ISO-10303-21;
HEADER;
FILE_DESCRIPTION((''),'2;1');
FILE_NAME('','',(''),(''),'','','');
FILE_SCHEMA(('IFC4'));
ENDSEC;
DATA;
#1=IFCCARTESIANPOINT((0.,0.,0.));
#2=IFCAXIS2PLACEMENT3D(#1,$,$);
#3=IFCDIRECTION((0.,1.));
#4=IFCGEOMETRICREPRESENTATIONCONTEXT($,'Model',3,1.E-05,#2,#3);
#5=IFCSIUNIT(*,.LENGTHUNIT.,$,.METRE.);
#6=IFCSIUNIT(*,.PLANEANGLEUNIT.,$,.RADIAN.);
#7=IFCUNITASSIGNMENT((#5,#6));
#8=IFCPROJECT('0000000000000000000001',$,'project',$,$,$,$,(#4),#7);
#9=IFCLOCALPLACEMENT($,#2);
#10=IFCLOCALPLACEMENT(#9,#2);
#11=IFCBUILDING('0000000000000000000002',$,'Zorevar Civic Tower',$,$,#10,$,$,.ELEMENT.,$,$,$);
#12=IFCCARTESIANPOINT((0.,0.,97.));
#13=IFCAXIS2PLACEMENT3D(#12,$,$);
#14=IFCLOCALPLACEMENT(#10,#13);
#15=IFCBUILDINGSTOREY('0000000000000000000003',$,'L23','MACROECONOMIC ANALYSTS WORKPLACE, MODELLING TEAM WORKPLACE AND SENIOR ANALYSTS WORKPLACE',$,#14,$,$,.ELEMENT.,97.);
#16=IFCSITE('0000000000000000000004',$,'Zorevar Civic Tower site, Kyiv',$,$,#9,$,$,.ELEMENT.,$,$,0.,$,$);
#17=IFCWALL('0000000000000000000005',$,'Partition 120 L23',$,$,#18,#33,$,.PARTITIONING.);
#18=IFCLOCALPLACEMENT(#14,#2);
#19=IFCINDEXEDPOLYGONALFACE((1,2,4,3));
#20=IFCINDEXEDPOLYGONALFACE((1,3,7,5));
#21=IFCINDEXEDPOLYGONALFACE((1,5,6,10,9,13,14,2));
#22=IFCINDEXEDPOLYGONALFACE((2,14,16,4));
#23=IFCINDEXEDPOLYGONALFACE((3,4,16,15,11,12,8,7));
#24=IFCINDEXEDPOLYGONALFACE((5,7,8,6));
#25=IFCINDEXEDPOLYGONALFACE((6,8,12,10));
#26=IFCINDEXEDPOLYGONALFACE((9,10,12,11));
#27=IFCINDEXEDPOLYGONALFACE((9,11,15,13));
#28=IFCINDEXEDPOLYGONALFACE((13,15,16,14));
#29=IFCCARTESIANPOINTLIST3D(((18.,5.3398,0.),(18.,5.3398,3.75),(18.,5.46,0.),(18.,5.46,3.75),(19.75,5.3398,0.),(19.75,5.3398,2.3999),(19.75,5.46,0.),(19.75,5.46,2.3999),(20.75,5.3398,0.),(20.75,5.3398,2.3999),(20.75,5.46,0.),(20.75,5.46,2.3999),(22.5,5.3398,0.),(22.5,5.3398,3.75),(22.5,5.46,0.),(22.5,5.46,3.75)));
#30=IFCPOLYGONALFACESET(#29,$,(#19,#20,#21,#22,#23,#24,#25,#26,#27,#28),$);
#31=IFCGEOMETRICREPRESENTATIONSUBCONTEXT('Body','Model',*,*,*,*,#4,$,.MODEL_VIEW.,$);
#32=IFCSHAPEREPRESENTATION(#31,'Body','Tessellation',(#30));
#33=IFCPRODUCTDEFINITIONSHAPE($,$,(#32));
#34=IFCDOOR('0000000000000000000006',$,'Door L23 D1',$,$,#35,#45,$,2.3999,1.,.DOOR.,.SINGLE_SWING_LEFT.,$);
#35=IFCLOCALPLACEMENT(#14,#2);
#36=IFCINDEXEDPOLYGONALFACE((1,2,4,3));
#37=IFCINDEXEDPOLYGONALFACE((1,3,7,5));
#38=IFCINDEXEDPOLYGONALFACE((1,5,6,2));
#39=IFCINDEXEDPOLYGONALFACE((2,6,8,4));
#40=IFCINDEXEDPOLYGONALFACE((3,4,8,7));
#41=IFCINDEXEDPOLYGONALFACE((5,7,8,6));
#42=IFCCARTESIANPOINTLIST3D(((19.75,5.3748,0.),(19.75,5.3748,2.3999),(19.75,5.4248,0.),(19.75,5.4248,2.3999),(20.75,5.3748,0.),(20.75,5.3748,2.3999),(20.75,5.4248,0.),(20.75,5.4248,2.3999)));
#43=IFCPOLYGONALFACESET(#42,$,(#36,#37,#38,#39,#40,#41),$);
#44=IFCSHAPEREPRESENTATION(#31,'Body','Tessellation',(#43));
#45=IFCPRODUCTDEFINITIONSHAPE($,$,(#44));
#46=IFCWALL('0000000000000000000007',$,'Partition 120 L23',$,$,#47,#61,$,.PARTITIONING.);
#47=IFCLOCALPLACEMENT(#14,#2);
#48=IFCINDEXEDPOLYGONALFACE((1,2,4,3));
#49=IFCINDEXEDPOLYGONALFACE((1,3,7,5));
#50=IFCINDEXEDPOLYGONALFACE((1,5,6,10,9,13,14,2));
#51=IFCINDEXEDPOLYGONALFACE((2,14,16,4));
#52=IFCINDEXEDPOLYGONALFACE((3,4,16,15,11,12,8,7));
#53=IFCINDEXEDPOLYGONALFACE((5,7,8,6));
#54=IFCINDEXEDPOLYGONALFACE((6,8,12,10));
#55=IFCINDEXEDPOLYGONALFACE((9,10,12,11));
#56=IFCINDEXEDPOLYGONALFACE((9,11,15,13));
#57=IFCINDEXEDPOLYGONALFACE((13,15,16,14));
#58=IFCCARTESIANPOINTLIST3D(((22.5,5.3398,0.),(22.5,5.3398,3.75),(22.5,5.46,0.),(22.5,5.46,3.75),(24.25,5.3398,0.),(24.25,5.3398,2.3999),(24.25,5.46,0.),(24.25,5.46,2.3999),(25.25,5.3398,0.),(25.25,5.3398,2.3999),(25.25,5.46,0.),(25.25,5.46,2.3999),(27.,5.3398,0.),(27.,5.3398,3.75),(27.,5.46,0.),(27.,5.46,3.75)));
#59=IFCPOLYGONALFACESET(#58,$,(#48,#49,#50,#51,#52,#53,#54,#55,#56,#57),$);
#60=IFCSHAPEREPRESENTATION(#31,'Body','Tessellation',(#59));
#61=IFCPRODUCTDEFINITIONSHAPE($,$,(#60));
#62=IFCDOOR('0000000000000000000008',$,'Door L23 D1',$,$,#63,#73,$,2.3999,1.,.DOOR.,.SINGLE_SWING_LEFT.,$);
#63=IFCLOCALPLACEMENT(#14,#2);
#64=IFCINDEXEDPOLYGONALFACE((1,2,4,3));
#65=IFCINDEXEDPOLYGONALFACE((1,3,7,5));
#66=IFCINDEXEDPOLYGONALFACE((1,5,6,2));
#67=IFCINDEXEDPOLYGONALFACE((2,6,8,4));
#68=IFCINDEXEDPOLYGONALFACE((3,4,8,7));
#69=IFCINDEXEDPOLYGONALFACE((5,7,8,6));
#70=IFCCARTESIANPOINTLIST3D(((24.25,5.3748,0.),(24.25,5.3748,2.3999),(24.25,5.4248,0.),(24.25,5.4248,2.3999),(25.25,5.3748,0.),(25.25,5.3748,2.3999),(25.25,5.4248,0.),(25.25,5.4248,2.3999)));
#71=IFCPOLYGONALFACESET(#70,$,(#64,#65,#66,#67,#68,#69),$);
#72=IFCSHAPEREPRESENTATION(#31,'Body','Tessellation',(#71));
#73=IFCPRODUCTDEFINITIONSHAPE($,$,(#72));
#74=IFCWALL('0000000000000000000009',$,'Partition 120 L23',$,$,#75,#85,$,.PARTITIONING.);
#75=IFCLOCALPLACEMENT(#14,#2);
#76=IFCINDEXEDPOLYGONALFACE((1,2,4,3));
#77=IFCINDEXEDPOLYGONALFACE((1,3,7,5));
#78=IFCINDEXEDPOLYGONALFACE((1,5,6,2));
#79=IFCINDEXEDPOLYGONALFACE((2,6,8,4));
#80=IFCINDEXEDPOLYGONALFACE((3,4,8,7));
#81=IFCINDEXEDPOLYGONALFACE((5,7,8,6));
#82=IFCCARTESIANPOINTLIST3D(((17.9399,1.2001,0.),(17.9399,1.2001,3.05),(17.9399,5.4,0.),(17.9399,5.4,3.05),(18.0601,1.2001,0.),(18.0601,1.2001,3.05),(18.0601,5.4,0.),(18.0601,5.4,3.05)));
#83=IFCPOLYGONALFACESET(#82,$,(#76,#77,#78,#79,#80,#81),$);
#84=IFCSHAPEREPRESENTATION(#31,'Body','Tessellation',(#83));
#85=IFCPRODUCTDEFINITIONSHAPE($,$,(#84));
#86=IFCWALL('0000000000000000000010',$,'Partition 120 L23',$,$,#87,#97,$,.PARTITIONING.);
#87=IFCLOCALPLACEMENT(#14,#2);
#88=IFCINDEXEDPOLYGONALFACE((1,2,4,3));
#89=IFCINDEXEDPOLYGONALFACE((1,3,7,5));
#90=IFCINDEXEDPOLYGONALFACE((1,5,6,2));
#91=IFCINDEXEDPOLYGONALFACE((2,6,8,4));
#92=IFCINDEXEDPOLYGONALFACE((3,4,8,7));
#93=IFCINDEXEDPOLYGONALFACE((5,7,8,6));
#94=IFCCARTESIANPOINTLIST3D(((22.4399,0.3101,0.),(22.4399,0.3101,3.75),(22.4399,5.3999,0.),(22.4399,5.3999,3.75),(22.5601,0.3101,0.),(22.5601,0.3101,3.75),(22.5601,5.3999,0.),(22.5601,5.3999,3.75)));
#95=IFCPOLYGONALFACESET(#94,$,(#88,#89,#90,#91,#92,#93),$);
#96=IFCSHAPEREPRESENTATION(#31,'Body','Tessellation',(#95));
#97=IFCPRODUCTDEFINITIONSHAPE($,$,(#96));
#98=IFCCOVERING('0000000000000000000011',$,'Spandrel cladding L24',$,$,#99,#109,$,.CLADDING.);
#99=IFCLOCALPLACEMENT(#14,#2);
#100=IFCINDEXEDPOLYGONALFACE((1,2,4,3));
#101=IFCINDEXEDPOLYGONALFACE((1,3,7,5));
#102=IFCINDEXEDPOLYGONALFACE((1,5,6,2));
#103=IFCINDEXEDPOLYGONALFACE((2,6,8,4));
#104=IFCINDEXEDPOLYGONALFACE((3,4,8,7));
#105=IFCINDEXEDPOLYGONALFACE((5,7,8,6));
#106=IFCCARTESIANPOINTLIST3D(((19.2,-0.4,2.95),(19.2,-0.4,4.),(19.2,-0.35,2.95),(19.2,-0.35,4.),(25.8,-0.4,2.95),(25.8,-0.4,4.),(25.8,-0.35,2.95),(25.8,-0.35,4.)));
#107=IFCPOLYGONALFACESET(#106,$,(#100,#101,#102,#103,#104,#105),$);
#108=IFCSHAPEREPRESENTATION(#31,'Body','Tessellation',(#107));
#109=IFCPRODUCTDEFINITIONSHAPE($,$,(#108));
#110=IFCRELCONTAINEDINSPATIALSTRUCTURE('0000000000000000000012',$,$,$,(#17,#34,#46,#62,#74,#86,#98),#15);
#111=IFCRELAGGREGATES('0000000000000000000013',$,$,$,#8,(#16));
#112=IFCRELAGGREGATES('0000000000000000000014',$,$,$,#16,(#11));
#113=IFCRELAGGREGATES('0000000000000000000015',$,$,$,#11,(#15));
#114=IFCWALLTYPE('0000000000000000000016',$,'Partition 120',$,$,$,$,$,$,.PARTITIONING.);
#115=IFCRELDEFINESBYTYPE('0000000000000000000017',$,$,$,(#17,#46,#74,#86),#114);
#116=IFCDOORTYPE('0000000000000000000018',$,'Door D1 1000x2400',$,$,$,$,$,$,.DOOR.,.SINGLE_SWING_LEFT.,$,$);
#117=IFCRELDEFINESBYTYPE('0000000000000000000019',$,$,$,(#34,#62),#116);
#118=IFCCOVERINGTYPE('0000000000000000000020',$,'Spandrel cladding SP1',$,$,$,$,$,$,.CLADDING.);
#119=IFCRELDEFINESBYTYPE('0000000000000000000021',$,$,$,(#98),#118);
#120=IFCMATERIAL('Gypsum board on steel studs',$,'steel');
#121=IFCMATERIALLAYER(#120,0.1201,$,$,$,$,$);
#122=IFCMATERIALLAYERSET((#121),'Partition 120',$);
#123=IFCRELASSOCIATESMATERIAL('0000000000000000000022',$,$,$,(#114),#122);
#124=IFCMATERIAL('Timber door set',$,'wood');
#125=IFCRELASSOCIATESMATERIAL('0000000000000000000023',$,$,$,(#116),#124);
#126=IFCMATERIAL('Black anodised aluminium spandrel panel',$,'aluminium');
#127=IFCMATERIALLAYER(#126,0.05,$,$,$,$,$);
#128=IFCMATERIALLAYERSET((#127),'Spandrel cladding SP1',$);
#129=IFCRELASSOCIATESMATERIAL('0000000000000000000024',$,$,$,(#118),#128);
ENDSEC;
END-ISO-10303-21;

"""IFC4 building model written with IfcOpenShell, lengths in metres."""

from ifc_helpers import new_model, si_unit, direction, frame, frame_2d, origin, place, context, subcontext, project, spatial, rectangle, extrude, material, layer, layer_set, type_object, element, fill, save


model = new_model("IFC4")

# Units and contexts
model_context = context("Model", 3, precision=1e-05, world=origin(), true_north=direction((0.0, 1.0)))
body_context = subcontext(model_context, "Body", "Model", "MODEL_VIEW")
ifc_project = project(units=[si_unit("LENGTHUNIT", "METRE"), si_unit("PLANEANGLEUNIT", "RADIAN")], contexts=[model_context])

# Site, building, storey
site_placement = place(None, origin())
site = spatial("IfcSite", under=ifc_project, at=site_placement, Name="Zorevar Civic Tower site, Kyiv", CompositionType="ELEMENT", RefElevation=0.0)
building_placement = place(site_placement, origin())
building = spatial("IfcBuilding", under=site, at=building_placement, Name="Zorevar Civic Tower", CompositionType="ELEMENT")
storey_placement = place(building_placement, frame((0.0, 0.0, 97.0)))
storey = spatial("IfcBuildingStorey", under=building, at=storey_placement, Name="L23", Description="MACROECONOMIC ANALYSTS WORKPLACE, MODELLING TEAM WORKPLACE AND SENIOR ANALYSTS WORKPLACE", CompositionType="ELEMENT", Elevation=97.0)

# Walls, openings, doors
ifc_material_1 = material(Name="Gypsum board on steel studs", Category="steel")
ifc_layer_1 = layer(ifc_material_1, 0.1201)
ifc_layer_set_1 = layer_set([ifc_layer_1], Name="Partition 120")
wall_type_1 = type_object("IfcWallType", Name="Partition 120", PredefinedType="PARTITIONING", material=ifc_layer_set_1)
wall_1_placement = place(storey_placement, frame((18.0, 5.3999, 0.0), z_axis=(0.0, 0.0, 1.0), x_axis=(1.0, 0.0, 0.0)))
wall_1 = element("IfcWall", 1, at=wall_1_placement, inside=storey, type_object=wall_type_1, Name="Partition 120 L23", PredefinedType="PARTITIONING", context=body_context, shape_type="SweptSolid", body=[
    extrude(rectangle(XDim=4.5, YDim=0.1201, at=frame_2d((2.25, 0.0))), origin(), (0.0, 0.0, 1.0), 3.75),
])
opening_1_placement = place(wall_1_placement, frame((1.75, 0.0, 0.0)))
opening_1 = element("IfcOpeningElement", 2, at=opening_1_placement, cuts=wall_1, PredefinedType="OPENING", context=body_context, shape_type="SweptSolid", body=[
    extrude(rectangle(XDim=1.0, YDim=2.3999, at=frame_2d((0.5, 1.2))), frame((0.0, 0.0701, 0.0), z_axis=(0.0, -1.0, 0.0), x_axis=(1.0, 0.0, 0.0)), (0.0, 0.0, 1.0), 0.1401),
])
ifc_material_2 = material(Name="Timber door set", Category="wood")
door_type_1 = type_object("IfcDoorType", Name="Door D1 1000x2400", OperationType="SINGLE_SWING_LEFT", PredefinedType="DOOR", material=ifc_material_2)
door_1_placement = place(opening_1_placement, origin())
door_1 = element("IfcDoor", 3, at=door_1_placement, inside=storey, type_object=door_type_1, Name="Door L23 D1", OperationType="SINGLE_SWING_LEFT", OverallHeight=2.3999, OverallWidth=1.0, PredefinedType="DOOR", context=body_context, shape_type="SweptSolid", body=[
    extrude(rectangle(XDim=1.0, YDim=2.3999, at=frame_2d((0.5, 1.2))), frame((0.0, 0.0249, 0.0), z_axis=(0.0, -1.0, 0.0), x_axis=(1.0, 0.0, 0.0)), (0.0, 0.0, 1.0), 0.05),
])
fill(opening_1, door_1)
wall_2_placement = place(storey_placement, frame((22.5, 5.3999, 0.0), z_axis=(0.0, 0.0, 1.0), x_axis=(1.0, 0.0, 0.0)))
wall_2 = element("IfcWall", 4, at=wall_2_placement, inside=storey, type_object=wall_type_1, Name="Partition 120 L23", PredefinedType="PARTITIONING", context=body_context, shape_type="SweptSolid", body=[
    extrude(rectangle(XDim=4.5, YDim=0.1201, at=frame_2d((2.25, 0.0))), origin(), (0.0, 0.0, 1.0), 3.75),
])
opening_2_placement = place(wall_2_placement, frame((1.75, 0.0, 0.0)))
opening_2 = element("IfcOpeningElement", 5, at=opening_2_placement, cuts=wall_2, PredefinedType="OPENING", context=body_context, shape_type="SweptSolid", body=[
    extrude(rectangle(XDim=1.0, YDim=2.3999, at=frame_2d((0.5, 1.2))), frame((0.0, 0.0701, 0.0), z_axis=(0.0, -1.0, 0.0), x_axis=(1.0, 0.0, 0.0)), (0.0, 0.0, 1.0), 0.1401),
])
door_2_placement = place(opening_2_placement, origin())
door_2 = element("IfcDoor", 6, at=door_2_placement, inside=storey, type_object=door_type_1, Name="Door L23 D1", OperationType="SINGLE_SWING_LEFT", OverallHeight=2.3999, OverallWidth=1.0, PredefinedType="DOOR", context=body_context, shape_type="SweptSolid", body=[
    extrude(rectangle(XDim=1.0, YDim=2.3999, at=frame_2d((0.5, 1.2))), frame((0.0, 0.0249, 0.0), z_axis=(0.0, -1.0, 0.0), x_axis=(1.0, 0.0, 0.0)), (0.0, 0.0, 1.0), 0.05),
])
fill(opening_2, door_2)

# Walls
wall_3_placement = place(storey_placement, frame((18.0, 1.2, 0.0), z_axis=(0.0, 0.0, 1.0), x_axis=(0.0, 1.0, 0.0)))
element("IfcWall", 7, at=wall_3_placement, inside=storey, type_object=wall_type_1, Name="Partition 120 L23", PredefinedType="PARTITIONING", context=body_context, shape_type="SweptSolid", body=[
    extrude(rectangle(XDim=4.2, YDim=0.1201, at=frame_2d((2.1001, 0.0))), origin(), (0.0, 0.0, 1.0), 3.05),
])
wall_4_placement = place(storey_placement, frame((22.5, 0.3101, 0.0), z_axis=(0.0, 0.0, 1.0), x_axis=(0.0, 1.0, 0.0)))
element("IfcWall", 8, at=wall_4_placement, inside=storey, type_object=wall_type_1, Name="Partition 120 L23", PredefinedType="PARTITIONING", context=body_context, shape_type="SweptSolid", body=[
    extrude(rectangle(XDim=5.0898, YDim=0.1201, at=frame_2d((2.5449, 0.0))), origin(), (0.0, 0.0, 1.0), 3.75),
])

# Covering
ifc_material_3 = material(Name="Black anodised aluminium spandrel panel", Category="aluminium")
ifc_layer_2 = layer(ifc_material_3, 0.05)
ifc_layer_set_2 = layer_set([ifc_layer_2], Name="Spandrel cladding SP1")
covering_type = type_object("IfcCoveringType", Name="Spandrel cladding SP1", PredefinedType="CLADDING", material=ifc_layer_set_2)
covering_placement = place(storey_placement, frame((19.2, -0.375, 2.95), z_axis=(0.0, 0.0, 1.0), x_axis=(1.0, 0.0, 0.0)))
element("IfcCovering", 9, at=covering_placement, inside=storey, type_object=covering_type, Name="Spandrel cladding L24", PredefinedType="CLADDING", context=body_context, shape_type="SweptSolid", body=[
    extrude(rectangle(XDim=6.6001, YDim=0.05, at=frame_2d((3.3, 0.0))), origin(), (0.0, 0.0, 1.0), 1.05),
])

save(model, "model.ifc")
